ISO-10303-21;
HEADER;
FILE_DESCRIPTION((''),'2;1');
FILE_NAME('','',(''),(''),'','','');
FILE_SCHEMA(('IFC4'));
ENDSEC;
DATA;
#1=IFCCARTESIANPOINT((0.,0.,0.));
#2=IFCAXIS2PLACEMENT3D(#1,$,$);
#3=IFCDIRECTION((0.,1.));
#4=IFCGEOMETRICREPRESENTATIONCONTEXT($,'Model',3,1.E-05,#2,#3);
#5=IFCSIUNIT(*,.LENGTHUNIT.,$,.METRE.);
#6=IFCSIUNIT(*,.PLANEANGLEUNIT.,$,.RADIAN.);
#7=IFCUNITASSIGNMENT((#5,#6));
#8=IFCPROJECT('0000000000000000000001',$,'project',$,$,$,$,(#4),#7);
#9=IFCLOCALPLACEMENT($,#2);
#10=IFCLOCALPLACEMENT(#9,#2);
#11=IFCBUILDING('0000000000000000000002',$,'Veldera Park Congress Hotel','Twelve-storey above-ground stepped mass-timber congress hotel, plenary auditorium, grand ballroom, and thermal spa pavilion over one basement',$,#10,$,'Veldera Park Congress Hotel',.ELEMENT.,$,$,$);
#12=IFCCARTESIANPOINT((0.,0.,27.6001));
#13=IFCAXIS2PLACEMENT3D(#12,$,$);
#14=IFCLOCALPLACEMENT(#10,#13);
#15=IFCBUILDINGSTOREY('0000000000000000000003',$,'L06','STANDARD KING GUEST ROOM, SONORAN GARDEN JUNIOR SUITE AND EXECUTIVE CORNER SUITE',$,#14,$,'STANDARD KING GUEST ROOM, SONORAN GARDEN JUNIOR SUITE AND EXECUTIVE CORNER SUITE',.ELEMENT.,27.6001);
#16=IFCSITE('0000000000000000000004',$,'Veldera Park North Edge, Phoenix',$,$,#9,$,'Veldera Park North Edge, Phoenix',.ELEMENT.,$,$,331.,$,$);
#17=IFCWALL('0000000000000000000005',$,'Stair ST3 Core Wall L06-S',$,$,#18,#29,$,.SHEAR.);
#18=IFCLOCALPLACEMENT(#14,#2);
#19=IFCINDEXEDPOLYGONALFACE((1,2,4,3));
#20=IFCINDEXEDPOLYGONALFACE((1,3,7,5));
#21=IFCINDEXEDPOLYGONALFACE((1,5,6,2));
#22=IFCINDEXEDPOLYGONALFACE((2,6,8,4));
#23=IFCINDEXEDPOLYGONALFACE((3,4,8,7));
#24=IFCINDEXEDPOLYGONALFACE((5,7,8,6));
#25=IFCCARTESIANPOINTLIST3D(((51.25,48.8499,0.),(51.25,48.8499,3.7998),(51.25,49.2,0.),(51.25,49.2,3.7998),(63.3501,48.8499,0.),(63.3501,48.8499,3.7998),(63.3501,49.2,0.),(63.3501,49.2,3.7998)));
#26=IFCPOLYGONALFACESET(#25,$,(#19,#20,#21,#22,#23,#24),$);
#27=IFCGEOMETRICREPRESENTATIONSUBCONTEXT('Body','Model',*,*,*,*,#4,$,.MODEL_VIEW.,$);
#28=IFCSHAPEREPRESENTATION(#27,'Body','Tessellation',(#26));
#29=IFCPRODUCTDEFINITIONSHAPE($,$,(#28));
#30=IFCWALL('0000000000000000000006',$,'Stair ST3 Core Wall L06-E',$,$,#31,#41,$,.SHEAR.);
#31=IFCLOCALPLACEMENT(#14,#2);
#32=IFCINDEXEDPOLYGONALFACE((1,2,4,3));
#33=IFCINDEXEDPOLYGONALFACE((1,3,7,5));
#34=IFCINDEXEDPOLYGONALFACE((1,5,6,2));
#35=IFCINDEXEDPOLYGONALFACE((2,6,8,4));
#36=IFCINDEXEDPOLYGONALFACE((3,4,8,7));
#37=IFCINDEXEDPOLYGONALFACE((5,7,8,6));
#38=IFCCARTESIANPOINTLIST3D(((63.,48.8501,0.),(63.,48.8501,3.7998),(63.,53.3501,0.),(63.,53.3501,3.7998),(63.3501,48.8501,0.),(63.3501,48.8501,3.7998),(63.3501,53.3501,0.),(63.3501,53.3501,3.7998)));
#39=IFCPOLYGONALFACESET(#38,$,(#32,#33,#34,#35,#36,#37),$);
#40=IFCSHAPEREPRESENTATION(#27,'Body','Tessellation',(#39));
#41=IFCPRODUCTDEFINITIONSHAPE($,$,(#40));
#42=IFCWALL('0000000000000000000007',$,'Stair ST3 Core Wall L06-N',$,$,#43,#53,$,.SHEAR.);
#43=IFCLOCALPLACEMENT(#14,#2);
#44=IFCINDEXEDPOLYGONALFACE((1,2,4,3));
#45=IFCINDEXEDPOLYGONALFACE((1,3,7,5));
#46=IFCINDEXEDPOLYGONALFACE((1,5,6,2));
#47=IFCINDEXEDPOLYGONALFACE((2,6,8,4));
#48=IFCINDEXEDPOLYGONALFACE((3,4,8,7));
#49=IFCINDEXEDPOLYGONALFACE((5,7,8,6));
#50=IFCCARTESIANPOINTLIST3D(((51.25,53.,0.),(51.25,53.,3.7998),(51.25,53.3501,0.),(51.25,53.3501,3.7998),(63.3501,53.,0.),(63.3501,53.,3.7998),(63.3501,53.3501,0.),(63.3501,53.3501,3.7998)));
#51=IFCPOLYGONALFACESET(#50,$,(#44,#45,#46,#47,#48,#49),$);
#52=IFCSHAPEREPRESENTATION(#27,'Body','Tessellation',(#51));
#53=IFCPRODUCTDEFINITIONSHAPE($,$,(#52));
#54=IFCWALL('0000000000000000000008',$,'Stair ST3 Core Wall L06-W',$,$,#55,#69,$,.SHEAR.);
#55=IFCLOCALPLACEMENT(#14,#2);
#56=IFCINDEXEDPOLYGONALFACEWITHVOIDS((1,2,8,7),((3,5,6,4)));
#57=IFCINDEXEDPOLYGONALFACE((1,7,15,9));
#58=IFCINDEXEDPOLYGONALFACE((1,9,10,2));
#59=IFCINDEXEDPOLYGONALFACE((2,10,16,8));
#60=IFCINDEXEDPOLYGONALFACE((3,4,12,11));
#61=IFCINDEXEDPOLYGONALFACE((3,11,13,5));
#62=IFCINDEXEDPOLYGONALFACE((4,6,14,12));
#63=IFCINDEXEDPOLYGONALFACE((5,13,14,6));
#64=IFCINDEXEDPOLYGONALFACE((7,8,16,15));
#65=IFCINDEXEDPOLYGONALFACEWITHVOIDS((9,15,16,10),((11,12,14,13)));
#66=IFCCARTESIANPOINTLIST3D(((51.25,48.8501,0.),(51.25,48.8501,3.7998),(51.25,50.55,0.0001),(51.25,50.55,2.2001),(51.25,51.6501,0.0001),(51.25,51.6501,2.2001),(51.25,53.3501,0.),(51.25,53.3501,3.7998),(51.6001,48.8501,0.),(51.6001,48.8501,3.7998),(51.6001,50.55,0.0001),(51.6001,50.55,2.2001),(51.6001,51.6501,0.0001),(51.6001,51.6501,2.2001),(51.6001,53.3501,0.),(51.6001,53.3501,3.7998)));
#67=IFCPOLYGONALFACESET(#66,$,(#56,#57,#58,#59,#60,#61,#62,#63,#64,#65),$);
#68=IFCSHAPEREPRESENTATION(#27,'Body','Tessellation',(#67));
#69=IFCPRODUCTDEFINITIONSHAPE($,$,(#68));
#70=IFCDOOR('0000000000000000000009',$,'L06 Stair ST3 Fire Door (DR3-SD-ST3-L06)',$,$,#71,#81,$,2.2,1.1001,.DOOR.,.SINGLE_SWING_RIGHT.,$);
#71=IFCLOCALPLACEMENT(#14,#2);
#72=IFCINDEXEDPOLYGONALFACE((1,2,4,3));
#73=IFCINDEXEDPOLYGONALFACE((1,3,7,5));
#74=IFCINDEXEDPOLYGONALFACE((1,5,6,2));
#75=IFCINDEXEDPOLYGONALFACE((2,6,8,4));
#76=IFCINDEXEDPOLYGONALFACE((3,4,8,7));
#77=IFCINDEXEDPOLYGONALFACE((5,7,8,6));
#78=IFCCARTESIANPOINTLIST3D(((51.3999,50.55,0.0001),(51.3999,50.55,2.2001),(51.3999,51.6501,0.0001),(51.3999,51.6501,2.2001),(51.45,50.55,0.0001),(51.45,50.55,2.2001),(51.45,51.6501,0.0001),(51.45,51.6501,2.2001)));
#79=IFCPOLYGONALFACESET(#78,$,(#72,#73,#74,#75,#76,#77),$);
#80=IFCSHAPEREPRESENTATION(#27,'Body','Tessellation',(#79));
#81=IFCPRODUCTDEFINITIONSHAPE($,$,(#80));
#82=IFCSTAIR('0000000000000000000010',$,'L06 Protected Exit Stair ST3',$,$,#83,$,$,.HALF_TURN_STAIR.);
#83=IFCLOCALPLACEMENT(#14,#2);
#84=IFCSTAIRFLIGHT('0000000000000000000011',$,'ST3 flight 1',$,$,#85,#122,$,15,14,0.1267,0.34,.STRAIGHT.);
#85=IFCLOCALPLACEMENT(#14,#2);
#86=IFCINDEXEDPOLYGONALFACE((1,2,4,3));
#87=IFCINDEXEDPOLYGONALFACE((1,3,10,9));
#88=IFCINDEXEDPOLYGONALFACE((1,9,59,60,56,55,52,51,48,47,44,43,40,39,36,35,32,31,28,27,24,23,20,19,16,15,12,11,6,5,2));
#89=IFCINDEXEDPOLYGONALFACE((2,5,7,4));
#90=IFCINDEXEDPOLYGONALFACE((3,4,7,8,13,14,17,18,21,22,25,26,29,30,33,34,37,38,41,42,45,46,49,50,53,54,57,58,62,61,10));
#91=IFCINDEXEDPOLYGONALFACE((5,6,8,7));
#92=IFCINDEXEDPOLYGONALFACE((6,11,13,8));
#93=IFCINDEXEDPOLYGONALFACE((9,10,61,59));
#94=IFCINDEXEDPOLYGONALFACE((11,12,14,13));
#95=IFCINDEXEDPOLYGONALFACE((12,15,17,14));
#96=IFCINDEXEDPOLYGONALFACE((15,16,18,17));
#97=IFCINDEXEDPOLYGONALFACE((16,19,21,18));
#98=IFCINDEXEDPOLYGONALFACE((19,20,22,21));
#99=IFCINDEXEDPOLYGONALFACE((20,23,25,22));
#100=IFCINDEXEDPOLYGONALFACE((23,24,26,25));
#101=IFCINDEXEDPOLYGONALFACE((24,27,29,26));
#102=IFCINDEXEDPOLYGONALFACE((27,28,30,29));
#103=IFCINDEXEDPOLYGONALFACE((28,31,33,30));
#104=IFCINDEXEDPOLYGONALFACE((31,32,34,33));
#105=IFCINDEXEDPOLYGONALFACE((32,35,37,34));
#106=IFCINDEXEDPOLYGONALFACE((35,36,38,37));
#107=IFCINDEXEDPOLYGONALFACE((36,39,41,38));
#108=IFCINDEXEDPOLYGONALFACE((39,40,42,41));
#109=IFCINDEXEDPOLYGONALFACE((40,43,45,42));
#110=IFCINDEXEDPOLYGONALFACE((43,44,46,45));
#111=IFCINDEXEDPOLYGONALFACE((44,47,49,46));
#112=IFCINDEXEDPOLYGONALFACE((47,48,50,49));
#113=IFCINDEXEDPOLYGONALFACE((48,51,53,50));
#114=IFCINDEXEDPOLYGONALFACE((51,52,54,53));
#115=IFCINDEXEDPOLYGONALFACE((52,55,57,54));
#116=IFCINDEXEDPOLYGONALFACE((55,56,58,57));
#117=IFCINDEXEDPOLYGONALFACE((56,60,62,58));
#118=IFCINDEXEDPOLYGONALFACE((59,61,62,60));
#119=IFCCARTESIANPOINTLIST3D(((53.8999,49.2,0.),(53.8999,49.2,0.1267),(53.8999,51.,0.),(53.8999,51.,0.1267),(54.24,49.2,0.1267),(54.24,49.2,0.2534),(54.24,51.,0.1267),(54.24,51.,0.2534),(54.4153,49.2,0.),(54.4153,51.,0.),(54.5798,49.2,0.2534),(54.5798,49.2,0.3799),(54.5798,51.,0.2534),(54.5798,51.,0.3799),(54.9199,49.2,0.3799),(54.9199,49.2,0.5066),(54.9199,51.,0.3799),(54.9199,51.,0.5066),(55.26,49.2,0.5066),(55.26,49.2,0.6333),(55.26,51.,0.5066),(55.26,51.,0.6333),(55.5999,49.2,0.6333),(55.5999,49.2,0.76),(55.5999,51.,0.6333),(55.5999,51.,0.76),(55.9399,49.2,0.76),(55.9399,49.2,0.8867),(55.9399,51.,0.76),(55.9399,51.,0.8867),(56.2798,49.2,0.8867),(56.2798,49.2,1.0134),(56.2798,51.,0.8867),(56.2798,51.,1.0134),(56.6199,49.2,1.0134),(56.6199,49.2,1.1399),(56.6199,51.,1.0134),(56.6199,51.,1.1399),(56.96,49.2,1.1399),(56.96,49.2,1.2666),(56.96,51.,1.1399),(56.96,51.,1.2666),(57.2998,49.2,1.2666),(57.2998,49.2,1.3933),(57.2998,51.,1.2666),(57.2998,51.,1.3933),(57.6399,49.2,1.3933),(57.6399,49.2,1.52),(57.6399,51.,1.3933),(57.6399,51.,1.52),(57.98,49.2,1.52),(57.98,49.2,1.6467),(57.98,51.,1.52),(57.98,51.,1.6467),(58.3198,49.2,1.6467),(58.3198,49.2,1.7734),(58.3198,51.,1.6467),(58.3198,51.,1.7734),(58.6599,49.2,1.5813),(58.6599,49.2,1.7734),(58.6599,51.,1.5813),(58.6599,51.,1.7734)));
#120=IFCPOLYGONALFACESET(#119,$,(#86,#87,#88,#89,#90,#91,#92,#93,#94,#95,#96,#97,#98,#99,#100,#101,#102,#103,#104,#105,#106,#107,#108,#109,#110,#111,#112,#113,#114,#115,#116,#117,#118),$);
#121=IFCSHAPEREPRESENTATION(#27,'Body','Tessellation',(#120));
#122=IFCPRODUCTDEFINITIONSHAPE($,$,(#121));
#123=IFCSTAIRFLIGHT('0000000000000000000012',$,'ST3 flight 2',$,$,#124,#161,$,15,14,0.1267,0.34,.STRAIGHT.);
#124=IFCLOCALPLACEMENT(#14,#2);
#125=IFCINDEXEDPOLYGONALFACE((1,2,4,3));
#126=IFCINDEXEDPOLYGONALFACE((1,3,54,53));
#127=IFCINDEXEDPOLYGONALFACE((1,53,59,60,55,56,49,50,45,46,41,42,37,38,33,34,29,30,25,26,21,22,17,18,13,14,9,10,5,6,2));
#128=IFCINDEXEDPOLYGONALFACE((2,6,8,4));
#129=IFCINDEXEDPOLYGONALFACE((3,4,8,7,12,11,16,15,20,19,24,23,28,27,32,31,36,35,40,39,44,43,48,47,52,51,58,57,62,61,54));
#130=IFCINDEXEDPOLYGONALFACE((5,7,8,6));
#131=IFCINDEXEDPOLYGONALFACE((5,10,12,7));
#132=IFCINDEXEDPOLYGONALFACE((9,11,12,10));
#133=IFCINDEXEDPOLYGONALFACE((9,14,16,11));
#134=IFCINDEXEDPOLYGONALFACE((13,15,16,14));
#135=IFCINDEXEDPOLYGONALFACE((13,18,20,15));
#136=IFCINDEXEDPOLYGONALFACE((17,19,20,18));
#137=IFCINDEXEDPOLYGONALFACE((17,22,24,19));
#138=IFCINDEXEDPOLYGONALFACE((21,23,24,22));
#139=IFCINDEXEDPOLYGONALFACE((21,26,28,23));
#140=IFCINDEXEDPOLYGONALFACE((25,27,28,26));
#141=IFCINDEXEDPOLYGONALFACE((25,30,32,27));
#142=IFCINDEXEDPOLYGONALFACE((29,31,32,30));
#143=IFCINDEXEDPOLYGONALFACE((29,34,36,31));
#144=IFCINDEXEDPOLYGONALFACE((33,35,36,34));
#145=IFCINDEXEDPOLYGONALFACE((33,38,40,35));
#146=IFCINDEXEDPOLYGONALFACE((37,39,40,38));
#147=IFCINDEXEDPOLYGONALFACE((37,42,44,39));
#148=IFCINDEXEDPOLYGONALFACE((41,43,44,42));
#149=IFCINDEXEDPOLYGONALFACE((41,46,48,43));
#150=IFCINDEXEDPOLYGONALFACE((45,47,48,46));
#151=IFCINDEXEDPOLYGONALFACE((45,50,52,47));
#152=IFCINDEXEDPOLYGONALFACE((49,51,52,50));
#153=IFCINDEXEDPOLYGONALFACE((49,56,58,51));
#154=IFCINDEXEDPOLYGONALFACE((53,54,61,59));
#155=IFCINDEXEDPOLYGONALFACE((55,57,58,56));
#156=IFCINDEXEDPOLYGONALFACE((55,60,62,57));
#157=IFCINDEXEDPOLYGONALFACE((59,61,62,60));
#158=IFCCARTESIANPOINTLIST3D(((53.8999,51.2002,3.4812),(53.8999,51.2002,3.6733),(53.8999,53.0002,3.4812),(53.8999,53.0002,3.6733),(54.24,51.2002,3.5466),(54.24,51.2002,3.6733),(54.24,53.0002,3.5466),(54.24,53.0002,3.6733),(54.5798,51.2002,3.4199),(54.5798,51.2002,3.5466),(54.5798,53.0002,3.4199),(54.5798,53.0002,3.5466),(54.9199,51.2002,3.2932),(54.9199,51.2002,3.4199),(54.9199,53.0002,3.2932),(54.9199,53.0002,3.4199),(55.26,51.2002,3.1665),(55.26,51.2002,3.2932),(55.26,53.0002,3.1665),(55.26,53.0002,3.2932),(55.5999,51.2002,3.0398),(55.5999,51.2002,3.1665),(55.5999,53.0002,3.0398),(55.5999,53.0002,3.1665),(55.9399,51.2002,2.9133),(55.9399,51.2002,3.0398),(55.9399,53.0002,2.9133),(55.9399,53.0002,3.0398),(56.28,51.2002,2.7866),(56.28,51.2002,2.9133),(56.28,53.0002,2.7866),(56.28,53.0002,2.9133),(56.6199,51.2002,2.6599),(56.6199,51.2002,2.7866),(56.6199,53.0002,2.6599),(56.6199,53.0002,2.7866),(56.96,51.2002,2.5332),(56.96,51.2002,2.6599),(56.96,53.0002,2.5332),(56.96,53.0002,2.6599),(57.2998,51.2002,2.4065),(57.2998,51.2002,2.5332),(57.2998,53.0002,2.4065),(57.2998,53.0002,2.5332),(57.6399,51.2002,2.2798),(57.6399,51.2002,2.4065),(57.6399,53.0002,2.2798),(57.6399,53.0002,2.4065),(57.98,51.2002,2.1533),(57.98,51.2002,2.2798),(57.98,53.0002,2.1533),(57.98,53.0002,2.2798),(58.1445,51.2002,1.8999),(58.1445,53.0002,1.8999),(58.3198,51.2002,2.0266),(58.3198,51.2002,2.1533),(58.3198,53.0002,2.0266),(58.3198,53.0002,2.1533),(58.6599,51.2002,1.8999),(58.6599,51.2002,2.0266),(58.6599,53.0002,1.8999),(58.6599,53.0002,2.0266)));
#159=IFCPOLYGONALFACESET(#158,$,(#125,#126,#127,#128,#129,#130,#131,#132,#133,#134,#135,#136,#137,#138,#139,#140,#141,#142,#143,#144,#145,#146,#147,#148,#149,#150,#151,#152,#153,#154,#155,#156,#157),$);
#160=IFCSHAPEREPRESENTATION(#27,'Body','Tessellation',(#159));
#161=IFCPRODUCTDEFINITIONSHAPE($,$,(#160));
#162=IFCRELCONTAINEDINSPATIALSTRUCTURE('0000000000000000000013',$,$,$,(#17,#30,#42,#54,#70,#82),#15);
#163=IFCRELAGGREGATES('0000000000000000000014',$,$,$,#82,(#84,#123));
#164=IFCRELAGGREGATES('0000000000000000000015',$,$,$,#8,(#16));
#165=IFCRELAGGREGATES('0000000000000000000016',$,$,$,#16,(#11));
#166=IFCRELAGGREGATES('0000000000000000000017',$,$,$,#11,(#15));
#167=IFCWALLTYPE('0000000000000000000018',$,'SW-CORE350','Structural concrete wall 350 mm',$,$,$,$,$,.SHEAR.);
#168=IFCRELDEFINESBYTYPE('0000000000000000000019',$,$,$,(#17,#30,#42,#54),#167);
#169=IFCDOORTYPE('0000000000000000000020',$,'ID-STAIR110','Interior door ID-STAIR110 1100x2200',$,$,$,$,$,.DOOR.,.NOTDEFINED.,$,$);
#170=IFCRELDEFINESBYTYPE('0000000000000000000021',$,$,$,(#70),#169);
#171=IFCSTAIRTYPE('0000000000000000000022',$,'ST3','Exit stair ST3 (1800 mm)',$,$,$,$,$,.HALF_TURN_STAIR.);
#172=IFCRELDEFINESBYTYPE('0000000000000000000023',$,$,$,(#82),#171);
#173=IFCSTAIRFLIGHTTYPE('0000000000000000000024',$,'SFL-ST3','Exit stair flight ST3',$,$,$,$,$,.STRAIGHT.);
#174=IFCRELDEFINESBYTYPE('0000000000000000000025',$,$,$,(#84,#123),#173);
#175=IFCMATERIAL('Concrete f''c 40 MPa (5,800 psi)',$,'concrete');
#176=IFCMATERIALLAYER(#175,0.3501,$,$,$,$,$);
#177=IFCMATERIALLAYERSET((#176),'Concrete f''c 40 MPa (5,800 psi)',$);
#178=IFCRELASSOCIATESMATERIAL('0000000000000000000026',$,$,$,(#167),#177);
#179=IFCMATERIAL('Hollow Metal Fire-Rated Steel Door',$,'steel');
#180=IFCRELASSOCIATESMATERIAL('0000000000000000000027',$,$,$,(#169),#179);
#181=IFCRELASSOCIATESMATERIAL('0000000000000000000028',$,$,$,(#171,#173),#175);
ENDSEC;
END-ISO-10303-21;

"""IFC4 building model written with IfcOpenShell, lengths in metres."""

from ifc_helpers import new_model, si_unit, direction, frame, frame_2d, origin, place, context, subcontext, project, spatial, polyline, rectangle, outline, extrude, material, layer, layer_set, type_object, element, fill, aggregate, save


model = new_model("IFC4")

# Units and contexts
model_context = context("Model", 3, precision=1e-05, world=origin(), true_north=direction((0.0, 1.0)))
body_context = subcontext(model_context, "Body", "Model", "MODEL_VIEW")
ifc_project = project(units=[si_unit("LENGTHUNIT", "METRE"), si_unit("PLANEANGLEUNIT", "RADIAN")], contexts=[model_context])

# Site, building, storey
site_placement = place(None, origin())
site = spatial("IfcSite", under=ifc_project, at=site_placement, Name="Veldera Park North Edge, Phoenix", LongName="Veldera Park North Edge, Phoenix", CompositionType="ELEMENT", RefElevation=331.0)
building_placement = place(site_placement, origin())
building = spatial("IfcBuilding", under=site, at=building_placement, Name="Veldera Park Congress Hotel", Description="Twelve-storey above-ground stepped mass-timber congress hotel, plenary auditorium, grand ballroom, and thermal spa pavilion over one basement", LongName="Veldera Park Congress Hotel", CompositionType="ELEMENT")
storey_placement = place(building_placement, frame((0.0, 0.0, 27.6001)))
storey = spatial("IfcBuildingStorey", under=building, at=storey_placement, Name="L06", Description="STANDARD KING GUEST ROOM, SONORAN GARDEN JUNIOR SUITE AND EXECUTIVE CORNER SUITE", LongName="STANDARD KING GUEST ROOM, SONORAN GARDEN JUNIOR SUITE AND EXECUTIVE CORNER SUITE", CompositionType="ELEMENT", Elevation=27.6001)

# Walls
ifc_material_1 = material(Name="Concrete f'c 40 MPa (5,800 psi)", Category="concrete")
ifc_layer_1 = layer(ifc_material_1, 0.3501)
ifc_layer_set_1 = layer_set([ifc_layer_1], Name="Concrete f'c 40 MPa (5,800 psi)")
wall_type_1 = type_object("IfcWallType", Name="SW-CORE350", Description="Structural concrete wall 350 mm", PredefinedType="SHEAR", material=ifc_layer_set_1)
wall_1_placement = place(storey_placement, frame((51.25, 49.0249, 0.0), z_axis=(0.0, 0.0, 1.0), x_axis=(1.0, 0.0, 0.0)))
element("IfcWall", 1, at=wall_1_placement, inside=storey, type_object=wall_type_1, Name="Stair ST3 Core Wall L06-S", PredefinedType="SHEAR", context=body_context, shape_type="SweptSolid", body=[
    extrude(rectangle(XDim=12.1001, YDim=0.3501, at=frame_2d((6.05, 0.0))), origin(), (0.0, 0.0, 1.0), 3.7998),
])
wall_2_placement = place(storey_placement, frame((63.175, 48.8501, 0.0), z_axis=(0.0, 0.0, 1.0), x_axis=(0.0, 1.0, 0.0)))
element("IfcWall", 2, at=wall_2_placement, inside=storey, type_object=wall_type_1, Name="Stair ST3 Core Wall L06-E", PredefinedType="SHEAR", context=body_context, shape_type="SweptSolid", body=[
    extrude(rectangle(XDim=4.5, YDim=0.3501, at=frame_2d((2.25, 0.0))), origin(), (0.0, 0.0, 1.0), 3.7998),
])
wall_3_placement = place(storey_placement, frame((63.3501, 53.175, 0.0), z_axis=(0.0, 0.0, 1.0), x_axis=(-1.0, 0.0, 0.0)))
element("IfcWall", 3, at=wall_3_placement, inside=storey, type_object=wall_type_1, Name="Stair ST3 Core Wall L06-N", PredefinedType="SHEAR", context=body_context, shape_type="SweptSolid", body=[
    extrude(rectangle(XDim=12.1001, YDim=0.3501, at=frame_2d((6.05, 0.0))), origin(), (0.0, 0.0, 1.0), 3.7998),
])

# Wall, opening, door
wall_4_placement = place(storey_placement, frame((51.425, 53.3501, 0.0), z_axis=(0.0, 0.0, 1.0), x_axis=(0.0, -1.0, 0.0)))
wall_4 = element("IfcWall", 4, at=wall_4_placement, inside=storey, type_object=wall_type_1, Name="Stair ST3 Core Wall L06-W", PredefinedType="SHEAR", context=body_context, shape_type="SweptSolid", body=[
    extrude(rectangle(XDim=4.5, YDim=0.3501, at=frame_2d((2.25, 0.0))), origin(), (0.0, 0.0, 1.0), 3.7998),
])
opening_1_placement = place(wall_4_placement, frame((1.7, 0.0, 0.0)))
opening_1 = element("IfcOpeningElement", 5, at=opening_1_placement, cuts=wall_4, PredefinedType="OPENING", context=body_context, shape_type="SweptSolid", body=[
    extrude(rectangle(XDim=1.1001, YDim=2.2, at=frame_2d((0.55, 1.1001))), frame((0.0, 0.187, 0.0), z_axis=(0.0, -1.0, 0.0), x_axis=(1.0, 0.0, 0.0)), (0.0, 0.0, 1.0), 0.374),
])
ifc_material_2 = material(Name="Hollow Metal Fire-Rated Steel Door", Category="steel")
door_type = type_object("IfcDoorType", Name="ID-STAIR110", Description="Interior door ID-STAIR110 1100x2200", OperationType="NOTDEFINED", PredefinedType="DOOR", material=ifc_material_2)
door_placement = place(opening_1_placement, origin())
door = element("IfcDoor", 6, at=door_placement, inside=storey, type_object=door_type, Name="L06 Stair ST3 Fire Door (DR3-SD-ST3-L06)", OperationType="SINGLE_SWING_RIGHT", OverallHeight=2.2, OverallWidth=1.1001, PredefinedType="DOOR", context=body_context, shape_type="SweptSolid", body=[
    extrude(rectangle(XDim=1.1001, YDim=2.2, at=frame_2d((0.55, 1.1001))), frame((0.0, 0.0249, 0.0), z_axis=(0.0, -1.0, 0.0), x_axis=(1.0, 0.0, 0.0)), (0.0, 0.0, 1.0), 0.05),
])
fill(opening_1, door)

# Stair, stair flights
stair_type = type_object("IfcStairType", Name="ST3", Description="Exit stair ST3 (1800 mm)", PredefinedType="HALF_TURN_STAIR", material=ifc_material_1)
stair_placement = place(storey_placement, origin())
stair = element("IfcStair", 7, at=stair_placement, inside=storey, type_object=stair_type, Name="L06 Protected Exit Stair ST3", PredefinedType="HALF_TURN_STAIR")
stair_flight_type = type_object("IfcStairFlightType", Name="SFL-ST3", Description="Exit stair flight ST3", PredefinedType="STRAIGHT", material=ifc_material_1)
stair_flight_1_placement = place(storey_placement, frame((53.8999, 50.1001, 0.0), z_axis=(0.0, 0.0, 1.0), x_axis=(1.0, 0.0, 0.0)))
stair_flight_1 = element("IfcStairFlight", 8, at=stair_flight_1_placement, type_object=stair_flight_type, Name="ST3 flight 1", NumberOfRisers=15, NumberOfTreads=14, PredefinedType="STRAIGHT", RiserHeight=0.1267, TreadLength=0.34, context=body_context, shape_type="SweptSolid", body=[
    extrude(outline(polyline([(0.0, 0.0), (0.0, 0.1267), (0.3401, 0.1267), (0.3401, 0.2534), (0.6799, 0.2534), (0.6799, 0.3799), (1.02, 0.3799), (1.02, 0.5066), (1.3601, 0.5066), (1.3601, 0.6333), (1.7, 0.6333), (1.7, 0.76), (2.04, 0.76), (2.04, 0.8867), (2.3799, 0.8867), (2.3799, 1.0134), (2.72, 1.0134), (2.72, 1.1399), (3.0601, 1.1399), (3.0601, 1.2666), (3.3999, 1.2666), (3.3999, 1.3933), (3.74, 1.3933), (3.74, 1.52), (4.0801, 1.52), (4.0801, 1.6467), (4.4199, 1.6467), (4.4199, 1.7734), (4.76, 1.7734), (4.76, 1.8999), (4.76, 1.8999), (4.76, 1.5813), (0.5154, 0.0), (0.0, 0.0)])), frame((0.0, 0.8999, 0.0), z_axis=(0.0, -1.0, 0.0), x_axis=(1.0, 0.0, 0.0)), (0.0, 0.0, 1.0), 1.8),
])
stair_flight_2_placement = place(storey_placement, frame((58.6599, 52.1001, 1.8999), z_axis=(0.0, 0.0, 1.0), x_axis=(-1.0, 0.0, 0.0)))
stair_flight_2 = element("IfcStairFlight", 9, at=stair_flight_2_placement, type_object=stair_flight_type, Name="ST3 flight 2", NumberOfRisers=15, NumberOfTreads=14, PredefinedType="STRAIGHT", RiserHeight=0.1267, TreadLength=0.34, context=body_context, shape_type="SweptSolid", body=[
    extrude(outline(polyline([(0.0, 0.0), (0.0, 0.1267), (0.3401, 0.1267), (0.3401, 0.2534), (0.6799, 0.2534), (0.6799, 0.3799), (1.02, 0.3799), (1.02, 0.5066), (1.3601, 0.5066), (1.3601, 0.6333), (1.7, 0.6333), (1.7, 0.76), (2.04, 0.76), (2.04, 0.8867), (2.3799, 0.8867), (2.3799, 1.0134), (2.72, 1.0134), (2.72, 1.1399), (3.0601, 1.1399), (3.0601, 1.2666), (3.3999, 1.2666), (3.3999, 1.3933), (3.74, 1.3933), (3.74, 1.52), (4.0801, 1.52), (4.0801, 1.6467), (4.4199, 1.6467), (4.4199, 1.7734), (4.76, 1.7734), (4.76, 1.8999), (4.76, 1.8999), (4.76, 1.5813), (0.5154, 0.0), (0.0, 0.0)])), frame((0.0, 0.8999, 0.0), z_axis=(0.0, -1.0, 0.0), x_axis=(1.0, 0.0, 0.0)), (0.0, 0.0, 1.0), 1.8),
])
aggregate(stair, [stair_flight_1, stair_flight_2])

save(model, "model.ifc")
